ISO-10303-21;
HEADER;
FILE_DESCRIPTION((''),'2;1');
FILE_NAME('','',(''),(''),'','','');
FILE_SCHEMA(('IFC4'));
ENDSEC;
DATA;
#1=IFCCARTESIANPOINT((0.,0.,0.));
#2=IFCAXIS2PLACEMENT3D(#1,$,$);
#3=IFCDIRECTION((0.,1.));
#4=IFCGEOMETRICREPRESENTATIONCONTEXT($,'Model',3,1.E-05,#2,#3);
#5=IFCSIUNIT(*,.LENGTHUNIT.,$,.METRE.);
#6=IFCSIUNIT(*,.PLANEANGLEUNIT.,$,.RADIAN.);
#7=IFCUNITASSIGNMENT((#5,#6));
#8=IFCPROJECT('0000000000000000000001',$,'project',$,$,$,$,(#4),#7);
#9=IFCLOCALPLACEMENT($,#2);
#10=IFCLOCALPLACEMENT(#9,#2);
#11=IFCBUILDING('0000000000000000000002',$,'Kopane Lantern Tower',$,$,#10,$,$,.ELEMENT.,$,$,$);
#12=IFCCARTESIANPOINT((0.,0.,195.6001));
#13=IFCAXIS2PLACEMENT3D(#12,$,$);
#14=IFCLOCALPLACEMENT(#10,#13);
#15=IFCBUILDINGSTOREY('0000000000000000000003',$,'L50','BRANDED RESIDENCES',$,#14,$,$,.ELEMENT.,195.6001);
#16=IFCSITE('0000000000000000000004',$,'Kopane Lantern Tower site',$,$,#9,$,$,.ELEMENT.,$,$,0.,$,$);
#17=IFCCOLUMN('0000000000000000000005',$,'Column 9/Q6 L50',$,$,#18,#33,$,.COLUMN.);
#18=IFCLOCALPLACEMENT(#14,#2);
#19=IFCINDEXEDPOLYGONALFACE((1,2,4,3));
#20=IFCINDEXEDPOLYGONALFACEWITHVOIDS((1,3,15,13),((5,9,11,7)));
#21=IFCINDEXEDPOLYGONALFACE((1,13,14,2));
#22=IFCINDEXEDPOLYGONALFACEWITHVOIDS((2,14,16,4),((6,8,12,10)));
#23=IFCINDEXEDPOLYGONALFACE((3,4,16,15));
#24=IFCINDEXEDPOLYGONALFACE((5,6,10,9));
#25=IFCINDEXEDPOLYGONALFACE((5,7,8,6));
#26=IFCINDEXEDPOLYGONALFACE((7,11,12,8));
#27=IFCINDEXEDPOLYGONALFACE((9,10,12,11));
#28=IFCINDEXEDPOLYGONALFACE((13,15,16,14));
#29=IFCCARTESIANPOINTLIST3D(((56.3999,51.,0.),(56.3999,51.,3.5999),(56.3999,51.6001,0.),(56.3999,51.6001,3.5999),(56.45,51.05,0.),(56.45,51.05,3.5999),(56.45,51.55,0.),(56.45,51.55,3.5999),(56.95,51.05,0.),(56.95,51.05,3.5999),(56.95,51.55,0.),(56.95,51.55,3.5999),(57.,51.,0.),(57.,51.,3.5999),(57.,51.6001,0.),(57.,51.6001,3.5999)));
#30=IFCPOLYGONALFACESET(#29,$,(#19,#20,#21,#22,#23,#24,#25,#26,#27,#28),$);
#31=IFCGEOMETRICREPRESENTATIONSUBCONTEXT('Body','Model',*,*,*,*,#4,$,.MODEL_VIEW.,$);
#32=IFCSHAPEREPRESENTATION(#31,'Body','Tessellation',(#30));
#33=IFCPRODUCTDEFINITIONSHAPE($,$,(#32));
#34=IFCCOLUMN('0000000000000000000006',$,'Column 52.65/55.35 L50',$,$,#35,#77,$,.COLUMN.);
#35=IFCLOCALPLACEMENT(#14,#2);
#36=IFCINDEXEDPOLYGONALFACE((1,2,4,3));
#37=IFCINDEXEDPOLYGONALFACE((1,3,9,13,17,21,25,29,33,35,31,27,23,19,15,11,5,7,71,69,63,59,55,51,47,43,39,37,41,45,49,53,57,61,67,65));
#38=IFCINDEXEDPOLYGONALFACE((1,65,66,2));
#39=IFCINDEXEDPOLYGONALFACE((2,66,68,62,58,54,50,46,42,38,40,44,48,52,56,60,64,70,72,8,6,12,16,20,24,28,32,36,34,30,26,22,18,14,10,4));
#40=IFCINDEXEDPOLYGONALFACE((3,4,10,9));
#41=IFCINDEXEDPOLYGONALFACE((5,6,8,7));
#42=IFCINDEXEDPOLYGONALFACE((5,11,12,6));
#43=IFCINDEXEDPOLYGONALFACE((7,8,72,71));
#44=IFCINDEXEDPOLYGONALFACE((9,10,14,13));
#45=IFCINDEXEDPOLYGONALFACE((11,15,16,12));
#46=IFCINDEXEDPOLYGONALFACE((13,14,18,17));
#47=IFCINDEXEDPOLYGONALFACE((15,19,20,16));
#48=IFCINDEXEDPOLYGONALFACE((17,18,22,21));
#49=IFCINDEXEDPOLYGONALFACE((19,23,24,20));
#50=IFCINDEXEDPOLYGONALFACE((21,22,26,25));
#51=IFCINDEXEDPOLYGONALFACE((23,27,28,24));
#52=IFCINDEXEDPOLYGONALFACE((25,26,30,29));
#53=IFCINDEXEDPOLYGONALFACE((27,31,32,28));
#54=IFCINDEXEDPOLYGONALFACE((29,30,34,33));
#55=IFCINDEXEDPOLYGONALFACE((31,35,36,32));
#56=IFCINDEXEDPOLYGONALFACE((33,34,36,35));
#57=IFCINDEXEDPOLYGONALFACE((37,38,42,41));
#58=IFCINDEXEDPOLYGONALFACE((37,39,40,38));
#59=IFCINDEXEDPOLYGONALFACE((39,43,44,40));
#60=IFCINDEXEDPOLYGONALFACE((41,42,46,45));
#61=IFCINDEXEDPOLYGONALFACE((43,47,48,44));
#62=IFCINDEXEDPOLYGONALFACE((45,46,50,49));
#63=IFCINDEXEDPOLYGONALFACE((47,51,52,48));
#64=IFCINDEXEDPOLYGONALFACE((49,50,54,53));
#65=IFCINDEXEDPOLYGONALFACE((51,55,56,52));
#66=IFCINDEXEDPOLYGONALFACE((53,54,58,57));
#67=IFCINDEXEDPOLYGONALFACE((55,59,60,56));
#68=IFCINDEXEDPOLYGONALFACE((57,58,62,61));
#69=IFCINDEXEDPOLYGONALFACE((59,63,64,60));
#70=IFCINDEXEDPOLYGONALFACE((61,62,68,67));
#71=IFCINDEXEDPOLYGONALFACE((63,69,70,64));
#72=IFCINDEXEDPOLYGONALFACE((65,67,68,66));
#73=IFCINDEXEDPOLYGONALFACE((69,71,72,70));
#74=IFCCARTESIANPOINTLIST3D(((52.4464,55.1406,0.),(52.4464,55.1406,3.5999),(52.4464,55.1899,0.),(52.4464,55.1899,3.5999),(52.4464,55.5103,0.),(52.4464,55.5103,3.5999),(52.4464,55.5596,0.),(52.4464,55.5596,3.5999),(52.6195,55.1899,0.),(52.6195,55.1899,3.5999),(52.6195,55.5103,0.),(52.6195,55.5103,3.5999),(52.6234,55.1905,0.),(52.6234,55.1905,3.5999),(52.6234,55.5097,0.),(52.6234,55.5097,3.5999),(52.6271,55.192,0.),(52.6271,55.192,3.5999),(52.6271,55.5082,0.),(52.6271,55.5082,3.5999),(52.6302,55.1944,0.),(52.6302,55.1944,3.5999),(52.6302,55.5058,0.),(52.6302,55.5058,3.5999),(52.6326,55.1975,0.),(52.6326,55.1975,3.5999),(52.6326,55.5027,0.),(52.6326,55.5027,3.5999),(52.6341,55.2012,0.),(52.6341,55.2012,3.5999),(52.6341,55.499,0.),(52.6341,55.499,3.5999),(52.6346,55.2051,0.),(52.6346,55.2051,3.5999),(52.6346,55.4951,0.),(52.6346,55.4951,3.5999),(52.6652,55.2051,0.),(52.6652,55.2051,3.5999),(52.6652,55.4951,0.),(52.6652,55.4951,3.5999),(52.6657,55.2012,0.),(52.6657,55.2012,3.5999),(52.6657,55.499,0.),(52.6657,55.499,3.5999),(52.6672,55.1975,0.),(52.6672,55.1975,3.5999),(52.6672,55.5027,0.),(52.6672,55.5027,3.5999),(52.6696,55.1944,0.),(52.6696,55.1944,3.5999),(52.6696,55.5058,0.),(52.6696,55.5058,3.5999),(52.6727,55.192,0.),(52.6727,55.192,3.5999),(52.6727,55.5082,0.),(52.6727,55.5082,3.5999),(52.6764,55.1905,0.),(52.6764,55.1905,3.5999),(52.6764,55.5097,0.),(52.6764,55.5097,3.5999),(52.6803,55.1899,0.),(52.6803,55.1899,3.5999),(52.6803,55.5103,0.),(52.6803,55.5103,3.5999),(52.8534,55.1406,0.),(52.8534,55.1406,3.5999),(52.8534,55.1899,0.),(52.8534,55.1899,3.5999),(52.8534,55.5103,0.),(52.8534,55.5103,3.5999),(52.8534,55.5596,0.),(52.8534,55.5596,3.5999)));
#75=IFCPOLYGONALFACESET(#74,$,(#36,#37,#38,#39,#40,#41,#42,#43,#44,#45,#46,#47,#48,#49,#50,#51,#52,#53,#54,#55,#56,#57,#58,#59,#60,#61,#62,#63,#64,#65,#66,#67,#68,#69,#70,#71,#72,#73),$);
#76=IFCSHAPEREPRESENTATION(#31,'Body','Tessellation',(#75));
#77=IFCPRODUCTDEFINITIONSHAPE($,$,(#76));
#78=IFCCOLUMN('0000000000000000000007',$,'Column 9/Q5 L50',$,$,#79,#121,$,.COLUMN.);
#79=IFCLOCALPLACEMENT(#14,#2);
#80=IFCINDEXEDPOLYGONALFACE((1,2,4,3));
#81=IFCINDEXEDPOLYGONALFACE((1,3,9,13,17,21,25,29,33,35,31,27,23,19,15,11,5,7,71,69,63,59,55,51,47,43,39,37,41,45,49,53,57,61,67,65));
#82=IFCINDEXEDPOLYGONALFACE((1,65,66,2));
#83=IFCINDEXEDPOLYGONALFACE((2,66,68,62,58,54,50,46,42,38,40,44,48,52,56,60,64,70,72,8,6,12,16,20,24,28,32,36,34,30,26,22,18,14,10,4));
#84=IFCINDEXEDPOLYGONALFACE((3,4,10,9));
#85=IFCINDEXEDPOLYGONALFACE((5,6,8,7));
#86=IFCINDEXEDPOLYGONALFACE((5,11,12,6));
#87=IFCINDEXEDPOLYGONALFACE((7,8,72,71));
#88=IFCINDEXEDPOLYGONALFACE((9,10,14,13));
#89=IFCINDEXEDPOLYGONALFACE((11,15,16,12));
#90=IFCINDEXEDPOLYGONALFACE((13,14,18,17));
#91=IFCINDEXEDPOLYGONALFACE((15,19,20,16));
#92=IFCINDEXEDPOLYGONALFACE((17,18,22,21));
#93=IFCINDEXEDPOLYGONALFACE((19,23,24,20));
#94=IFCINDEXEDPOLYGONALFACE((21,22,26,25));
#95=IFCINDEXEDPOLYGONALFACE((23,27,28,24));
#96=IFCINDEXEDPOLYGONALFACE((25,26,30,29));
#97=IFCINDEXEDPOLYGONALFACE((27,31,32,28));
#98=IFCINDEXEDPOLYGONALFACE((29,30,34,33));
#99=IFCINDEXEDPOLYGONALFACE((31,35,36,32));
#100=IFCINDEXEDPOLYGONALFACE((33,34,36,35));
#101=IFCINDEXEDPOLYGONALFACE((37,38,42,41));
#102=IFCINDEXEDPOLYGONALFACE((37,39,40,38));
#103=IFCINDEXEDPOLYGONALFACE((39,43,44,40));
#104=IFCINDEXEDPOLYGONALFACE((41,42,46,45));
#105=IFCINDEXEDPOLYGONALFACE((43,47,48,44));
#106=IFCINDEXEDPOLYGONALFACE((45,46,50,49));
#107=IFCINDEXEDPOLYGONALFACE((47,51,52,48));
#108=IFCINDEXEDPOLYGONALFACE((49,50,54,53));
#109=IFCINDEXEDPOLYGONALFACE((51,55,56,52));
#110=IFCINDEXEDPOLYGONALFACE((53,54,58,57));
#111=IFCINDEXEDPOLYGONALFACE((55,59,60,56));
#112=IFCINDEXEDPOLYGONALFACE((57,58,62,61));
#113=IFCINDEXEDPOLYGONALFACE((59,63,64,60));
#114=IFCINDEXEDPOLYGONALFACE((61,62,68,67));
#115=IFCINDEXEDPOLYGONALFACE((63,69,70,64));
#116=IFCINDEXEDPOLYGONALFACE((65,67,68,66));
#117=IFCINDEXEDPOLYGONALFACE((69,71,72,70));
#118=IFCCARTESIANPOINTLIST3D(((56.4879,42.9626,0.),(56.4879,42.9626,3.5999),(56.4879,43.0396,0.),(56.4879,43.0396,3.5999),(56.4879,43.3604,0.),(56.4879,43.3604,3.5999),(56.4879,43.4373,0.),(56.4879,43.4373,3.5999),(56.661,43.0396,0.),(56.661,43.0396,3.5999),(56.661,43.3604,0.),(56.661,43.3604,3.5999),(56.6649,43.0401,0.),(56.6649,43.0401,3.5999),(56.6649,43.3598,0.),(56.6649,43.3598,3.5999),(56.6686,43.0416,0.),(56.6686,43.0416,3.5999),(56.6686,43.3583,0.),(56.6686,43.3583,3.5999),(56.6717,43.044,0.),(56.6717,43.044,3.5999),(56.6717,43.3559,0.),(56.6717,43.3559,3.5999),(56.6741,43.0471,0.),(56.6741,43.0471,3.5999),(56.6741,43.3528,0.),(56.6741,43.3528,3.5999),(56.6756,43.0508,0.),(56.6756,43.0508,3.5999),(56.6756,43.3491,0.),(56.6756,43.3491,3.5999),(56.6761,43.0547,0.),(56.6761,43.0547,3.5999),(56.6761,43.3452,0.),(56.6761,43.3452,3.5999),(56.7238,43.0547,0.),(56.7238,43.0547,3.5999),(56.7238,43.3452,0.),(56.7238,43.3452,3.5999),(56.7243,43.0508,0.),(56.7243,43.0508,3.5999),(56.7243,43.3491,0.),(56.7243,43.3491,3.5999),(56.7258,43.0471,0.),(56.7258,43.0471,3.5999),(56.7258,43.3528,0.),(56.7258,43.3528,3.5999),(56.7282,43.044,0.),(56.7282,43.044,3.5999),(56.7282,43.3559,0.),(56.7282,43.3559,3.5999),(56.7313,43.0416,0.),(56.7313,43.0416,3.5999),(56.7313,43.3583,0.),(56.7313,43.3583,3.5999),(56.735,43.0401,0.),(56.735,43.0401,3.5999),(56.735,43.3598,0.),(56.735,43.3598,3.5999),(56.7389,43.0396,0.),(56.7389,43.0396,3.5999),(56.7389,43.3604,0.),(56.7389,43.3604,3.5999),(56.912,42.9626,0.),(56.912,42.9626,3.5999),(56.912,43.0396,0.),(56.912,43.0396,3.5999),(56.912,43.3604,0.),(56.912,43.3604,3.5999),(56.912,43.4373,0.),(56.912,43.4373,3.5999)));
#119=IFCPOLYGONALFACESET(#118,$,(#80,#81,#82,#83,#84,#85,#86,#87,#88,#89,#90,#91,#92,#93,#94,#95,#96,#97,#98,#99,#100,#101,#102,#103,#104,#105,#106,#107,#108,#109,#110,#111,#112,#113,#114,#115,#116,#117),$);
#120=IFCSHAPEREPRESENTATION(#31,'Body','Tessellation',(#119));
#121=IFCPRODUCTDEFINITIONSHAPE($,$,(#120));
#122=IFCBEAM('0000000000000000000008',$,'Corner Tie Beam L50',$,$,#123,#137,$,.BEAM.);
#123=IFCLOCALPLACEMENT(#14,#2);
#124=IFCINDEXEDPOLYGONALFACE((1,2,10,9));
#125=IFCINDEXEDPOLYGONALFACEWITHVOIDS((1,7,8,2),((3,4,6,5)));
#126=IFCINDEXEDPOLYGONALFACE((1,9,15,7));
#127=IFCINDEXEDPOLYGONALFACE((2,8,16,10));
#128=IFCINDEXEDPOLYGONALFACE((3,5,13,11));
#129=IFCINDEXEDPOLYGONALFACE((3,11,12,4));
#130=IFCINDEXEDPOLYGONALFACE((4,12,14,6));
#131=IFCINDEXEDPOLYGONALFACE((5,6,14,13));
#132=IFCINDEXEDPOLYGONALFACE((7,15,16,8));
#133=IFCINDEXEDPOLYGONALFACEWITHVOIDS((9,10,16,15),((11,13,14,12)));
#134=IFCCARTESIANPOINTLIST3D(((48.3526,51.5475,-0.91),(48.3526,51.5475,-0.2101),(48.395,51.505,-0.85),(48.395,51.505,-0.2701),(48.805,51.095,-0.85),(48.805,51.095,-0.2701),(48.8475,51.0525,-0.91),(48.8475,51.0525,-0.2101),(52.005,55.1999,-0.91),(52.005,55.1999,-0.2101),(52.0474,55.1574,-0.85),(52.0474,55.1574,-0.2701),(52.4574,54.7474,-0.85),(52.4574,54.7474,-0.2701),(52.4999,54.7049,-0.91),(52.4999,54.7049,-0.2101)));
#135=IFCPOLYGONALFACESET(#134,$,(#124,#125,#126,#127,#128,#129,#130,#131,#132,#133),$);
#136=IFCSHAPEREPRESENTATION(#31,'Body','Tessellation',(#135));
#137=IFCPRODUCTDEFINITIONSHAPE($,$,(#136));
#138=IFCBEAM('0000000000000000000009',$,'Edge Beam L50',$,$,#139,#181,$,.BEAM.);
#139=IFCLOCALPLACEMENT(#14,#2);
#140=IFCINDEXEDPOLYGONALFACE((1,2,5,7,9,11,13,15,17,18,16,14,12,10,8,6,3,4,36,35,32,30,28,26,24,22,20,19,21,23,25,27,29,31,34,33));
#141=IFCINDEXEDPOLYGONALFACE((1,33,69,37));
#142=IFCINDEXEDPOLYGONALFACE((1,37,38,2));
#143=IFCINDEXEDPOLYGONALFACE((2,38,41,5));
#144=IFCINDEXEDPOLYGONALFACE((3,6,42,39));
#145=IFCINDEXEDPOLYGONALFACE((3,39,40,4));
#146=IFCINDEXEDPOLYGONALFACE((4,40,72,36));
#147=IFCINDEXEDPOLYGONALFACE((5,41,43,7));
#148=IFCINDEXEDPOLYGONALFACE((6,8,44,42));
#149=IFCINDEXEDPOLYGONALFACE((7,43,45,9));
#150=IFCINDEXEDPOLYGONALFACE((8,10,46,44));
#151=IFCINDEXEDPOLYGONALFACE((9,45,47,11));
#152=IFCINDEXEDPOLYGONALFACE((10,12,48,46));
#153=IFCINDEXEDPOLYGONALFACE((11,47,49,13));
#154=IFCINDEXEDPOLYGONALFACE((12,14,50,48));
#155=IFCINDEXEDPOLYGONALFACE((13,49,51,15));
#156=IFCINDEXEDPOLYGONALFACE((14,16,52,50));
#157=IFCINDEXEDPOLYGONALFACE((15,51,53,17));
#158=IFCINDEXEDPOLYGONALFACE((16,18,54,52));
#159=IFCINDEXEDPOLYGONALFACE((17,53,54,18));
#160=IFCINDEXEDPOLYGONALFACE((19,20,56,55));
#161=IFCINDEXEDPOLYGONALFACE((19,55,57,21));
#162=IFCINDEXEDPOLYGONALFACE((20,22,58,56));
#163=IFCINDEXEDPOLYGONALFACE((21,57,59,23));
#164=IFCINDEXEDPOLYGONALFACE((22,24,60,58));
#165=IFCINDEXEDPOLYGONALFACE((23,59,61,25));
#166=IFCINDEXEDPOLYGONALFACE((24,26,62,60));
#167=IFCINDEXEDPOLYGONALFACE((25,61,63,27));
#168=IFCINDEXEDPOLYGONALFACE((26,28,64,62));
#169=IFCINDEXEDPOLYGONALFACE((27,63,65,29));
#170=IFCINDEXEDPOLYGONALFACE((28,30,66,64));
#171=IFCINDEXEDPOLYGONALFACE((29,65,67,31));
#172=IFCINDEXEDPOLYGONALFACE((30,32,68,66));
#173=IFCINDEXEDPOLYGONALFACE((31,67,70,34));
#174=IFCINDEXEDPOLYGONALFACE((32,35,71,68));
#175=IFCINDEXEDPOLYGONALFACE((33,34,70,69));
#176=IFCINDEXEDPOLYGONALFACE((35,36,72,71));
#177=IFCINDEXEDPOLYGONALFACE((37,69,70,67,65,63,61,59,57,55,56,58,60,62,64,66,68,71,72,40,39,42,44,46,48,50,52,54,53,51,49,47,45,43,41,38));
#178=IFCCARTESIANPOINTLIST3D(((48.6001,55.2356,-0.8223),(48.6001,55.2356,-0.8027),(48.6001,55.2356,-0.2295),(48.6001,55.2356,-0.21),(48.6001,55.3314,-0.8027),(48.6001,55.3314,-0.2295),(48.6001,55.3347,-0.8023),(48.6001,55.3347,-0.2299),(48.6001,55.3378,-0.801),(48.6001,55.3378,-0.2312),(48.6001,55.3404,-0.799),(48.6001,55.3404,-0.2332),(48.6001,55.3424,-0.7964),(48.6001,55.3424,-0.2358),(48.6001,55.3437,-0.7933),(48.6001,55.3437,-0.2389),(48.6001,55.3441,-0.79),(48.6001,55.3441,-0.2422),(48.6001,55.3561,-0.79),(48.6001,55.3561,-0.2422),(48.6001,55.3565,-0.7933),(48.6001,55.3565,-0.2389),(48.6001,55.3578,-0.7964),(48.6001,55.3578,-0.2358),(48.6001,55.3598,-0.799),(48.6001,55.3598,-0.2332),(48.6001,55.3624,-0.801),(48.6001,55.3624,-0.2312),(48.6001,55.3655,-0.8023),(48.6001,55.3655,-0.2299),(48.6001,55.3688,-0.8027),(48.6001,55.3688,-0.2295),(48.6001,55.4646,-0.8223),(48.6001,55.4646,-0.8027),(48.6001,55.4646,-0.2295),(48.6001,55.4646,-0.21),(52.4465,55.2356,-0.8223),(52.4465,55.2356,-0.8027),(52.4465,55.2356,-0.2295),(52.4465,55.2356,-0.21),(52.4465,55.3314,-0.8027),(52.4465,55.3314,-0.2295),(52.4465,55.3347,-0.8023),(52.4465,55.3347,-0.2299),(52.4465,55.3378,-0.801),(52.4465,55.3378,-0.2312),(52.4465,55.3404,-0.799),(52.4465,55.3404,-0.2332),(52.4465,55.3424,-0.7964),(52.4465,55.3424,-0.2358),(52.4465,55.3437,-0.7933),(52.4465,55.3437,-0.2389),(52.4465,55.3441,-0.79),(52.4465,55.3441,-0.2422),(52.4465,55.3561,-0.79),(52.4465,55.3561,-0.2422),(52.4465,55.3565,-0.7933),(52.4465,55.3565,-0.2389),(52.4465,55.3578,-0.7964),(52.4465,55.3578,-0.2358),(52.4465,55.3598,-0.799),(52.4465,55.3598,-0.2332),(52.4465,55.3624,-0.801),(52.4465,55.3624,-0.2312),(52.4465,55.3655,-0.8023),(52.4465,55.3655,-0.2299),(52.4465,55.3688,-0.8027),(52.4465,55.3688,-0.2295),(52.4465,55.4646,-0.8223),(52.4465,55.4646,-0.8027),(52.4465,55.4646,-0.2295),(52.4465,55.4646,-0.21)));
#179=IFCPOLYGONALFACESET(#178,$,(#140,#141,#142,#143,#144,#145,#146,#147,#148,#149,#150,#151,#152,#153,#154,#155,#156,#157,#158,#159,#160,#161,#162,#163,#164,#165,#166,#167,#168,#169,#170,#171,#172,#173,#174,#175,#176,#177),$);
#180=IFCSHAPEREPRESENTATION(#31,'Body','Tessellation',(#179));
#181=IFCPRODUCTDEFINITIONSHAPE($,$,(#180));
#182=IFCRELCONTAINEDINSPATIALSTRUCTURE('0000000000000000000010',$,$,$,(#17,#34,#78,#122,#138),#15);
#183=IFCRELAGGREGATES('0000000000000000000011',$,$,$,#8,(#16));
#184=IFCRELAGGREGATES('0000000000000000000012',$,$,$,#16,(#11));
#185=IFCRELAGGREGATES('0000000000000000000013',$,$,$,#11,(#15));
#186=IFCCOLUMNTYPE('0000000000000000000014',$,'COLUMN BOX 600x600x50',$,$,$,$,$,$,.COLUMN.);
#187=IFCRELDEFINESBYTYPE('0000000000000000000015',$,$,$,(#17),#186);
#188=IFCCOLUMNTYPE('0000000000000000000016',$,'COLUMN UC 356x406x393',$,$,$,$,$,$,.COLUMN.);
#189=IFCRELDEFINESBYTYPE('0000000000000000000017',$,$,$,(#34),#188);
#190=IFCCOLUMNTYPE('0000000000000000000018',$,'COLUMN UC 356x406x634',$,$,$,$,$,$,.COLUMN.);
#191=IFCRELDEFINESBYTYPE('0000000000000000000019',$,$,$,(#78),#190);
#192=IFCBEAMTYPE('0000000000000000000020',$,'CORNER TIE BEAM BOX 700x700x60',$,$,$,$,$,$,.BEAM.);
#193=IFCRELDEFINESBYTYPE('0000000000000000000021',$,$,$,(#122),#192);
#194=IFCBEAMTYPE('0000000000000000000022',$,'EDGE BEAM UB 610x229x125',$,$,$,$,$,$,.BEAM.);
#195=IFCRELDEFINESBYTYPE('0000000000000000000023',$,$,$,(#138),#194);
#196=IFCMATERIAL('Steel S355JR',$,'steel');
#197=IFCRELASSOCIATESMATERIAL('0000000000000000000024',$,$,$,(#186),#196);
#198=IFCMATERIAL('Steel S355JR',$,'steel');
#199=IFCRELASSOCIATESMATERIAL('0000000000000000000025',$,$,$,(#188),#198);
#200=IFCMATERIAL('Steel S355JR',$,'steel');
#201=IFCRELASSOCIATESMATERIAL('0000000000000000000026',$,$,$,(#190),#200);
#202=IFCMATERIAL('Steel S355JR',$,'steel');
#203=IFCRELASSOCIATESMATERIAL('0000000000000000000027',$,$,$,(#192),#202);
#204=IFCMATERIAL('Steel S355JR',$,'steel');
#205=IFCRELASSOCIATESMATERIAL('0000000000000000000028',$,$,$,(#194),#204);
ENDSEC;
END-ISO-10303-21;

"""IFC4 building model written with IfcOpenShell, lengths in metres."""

from ifc_helpers import new_model, si_unit, direction, frame, origin, origin_2d, place, context, subcontext, project, spatial, hollow_rectangle, i_section, extrude, material, material_profile, profile_set, type_object, element, save


model = new_model("IFC4")

# Units and contexts
model_context = context("Model", 3, precision=1e-05, world=origin(), true_north=direction((0.0, 1.0)))
body_context = subcontext(model_context, "Body", "Model", "MODEL_VIEW")
ifc_project = project(units=[si_unit("LENGTHUNIT", "METRE"), si_unit("PLANEANGLEUNIT", "RADIAN")], contexts=[model_context])

# Site, building, storey
site_placement = place(None, origin())
site = spatial("IfcSite", under=ifc_project, at=site_placement, Name="Kopane Lantern Tower site", CompositionType="ELEMENT", RefElevation=0.0)
building_placement = place(site_placement, origin())
building = spatial("IfcBuilding", under=site, at=building_placement, Name="Kopane Lantern Tower", CompositionType="ELEMENT")
storey_placement = place(building_placement, frame((0.0, 0.0, 195.6001)))
storey = spatial("IfcBuildingStorey", under=building, at=storey_placement, Name="L50", Description="BRANDED RESIDENCES", CompositionType="ELEMENT", Elevation=195.6001)

# Columns
ifc_material_1 = material(Name="Steel S355JR", Category="steel")
ifc_material_profile_1 = material_profile(ifc_material_1, hollow_rectangle(XDim=0.6001, YDim=0.6001, WallThickness=0.05, at=origin_2d()), Name="BOX 600x600x50")
ifc_profile_set_1 = profile_set([ifc_material_profile_1], Name="Steel S355JR")
column_type_1 = type_object("IfcColumnType", Name="COLUMN BOX 600x600x50", PredefinedType="COLUMN", material=ifc_profile_set_1)
column_1_placement = place(storey_placement, frame((56.7, 51.3, 0.0), z_axis=(0.0, 0.0, 1.0), x_axis=(1.0, 0.0, 0.0)))
element("IfcColumn", 1, at=column_1_placement, inside=storey, type_object=column_type_1, Name="Column 9/Q6 L50", PredefinedType="COLUMN", context=body_context, shape_type="SweptSolid", body=[
    extrude(hollow_rectangle(XDim=0.6001, YDim=0.6001, WallThickness=0.05, at=origin_2d()), origin(), (0.0, 0.0, 1.0), 3.5999),
])
ifc_material_2 = material(Name="Steel S355JR", Category="steel")
ifc_material_profile_2 = material_profile(ifc_material_2, i_section(OverallWidth=0.407, OverallDepth=0.4189, WebThickness=0.0305, FlangeThickness=0.0493, FilletRadius=0.0151, at=origin_2d()), Name="UC 356x406x393")
ifc_profile_set_2 = profile_set([ifc_material_profile_2], Name="Steel S355JR")
column_type_2 = type_object("IfcColumnType", Name="COLUMN UC 356x406x393", PredefinedType="COLUMN", material=ifc_profile_set_2)
column_2_placement = place(storey_placement, frame((52.6499, 55.3501, 0.0), z_axis=(0.0, 0.0, 1.0), x_axis=(1.0, 0.0, 0.0)))
element("IfcColumn", 2, at=column_2_placement, inside=storey, type_object=column_type_2, Name="Column 52.65/55.35 L50", PredefinedType="COLUMN", context=body_context, shape_type="SweptSolid", body=[
    extrude(i_section(OverallWidth=0.407, OverallDepth=0.4189, WebThickness=0.0305, FlangeThickness=0.0493, FilletRadius=0.0151, at=origin_2d()), origin(), (0.0, 0.0, 1.0), 3.5999),
])
ifc_material_3 = material(Name="Steel S355JR", Category="steel")
ifc_material_profile_3 = material_profile(ifc_material_3, i_section(OverallWidth=0.4241, OverallDepth=0.4746, WebThickness=0.0476, FlangeThickness=0.0769, FilletRadius=0.0151, at=origin_2d()), Name="UC 356x406x634")
ifc_profile_set_3 = profile_set([ifc_material_profile_3], Name="Steel S355JR")
column_type_3 = type_object("IfcColumnType", Name="COLUMN UC 356x406x634", PredefinedType="COLUMN", material=ifc_profile_set_3)
column_3_placement = place(storey_placement, frame((56.7, 43.2, 0.0), z_axis=(0.0, 0.0, 1.0), x_axis=(1.0, 0.0, 0.0)))
element("IfcColumn", 3, at=column_3_placement, inside=storey, type_object=column_type_3, Name="Column 9/Q5 L50", PredefinedType="COLUMN", context=body_context, shape_type="SweptSolid", body=[
    extrude(i_section(OverallWidth=0.4241, OverallDepth=0.4746, WebThickness=0.0476, FlangeThickness=0.0769, FilletRadius=0.0151, at=origin_2d()), origin(), (0.0, 0.0, 1.0), 3.5999),
])

# Beams
ifc_material_4 = material(Name="Steel S355JR", Category="steel")
ifc_material_profile_4 = material_profile(ifc_material_4, hollow_rectangle(XDim=0.7, YDim=0.7, WallThickness=0.0601, at=origin_2d()), Name="BOX 700x700x60")
ifc_profile_set_4 = profile_set([ifc_material_profile_4], Name="Steel S355JR")
beam_type_1 = type_object("IfcBeamType", Name="CORNER TIE BEAM BOX 700x700x60", PredefinedType="BEAM", material=ifc_profile_set_4)
beam_1_placement = place(storey_placement, frame((52.2524, 54.9524, -0.5601), z_axis=(-0.707107, -0.707107, 0.0), x_axis=(0.707107, -0.707107, 0.0)))
element("IfcBeam", 4, at=beam_1_placement, inside=storey, type_object=beam_type_1, Name="Corner Tie Beam L50", PredefinedType="BEAM", context=body_context, shape_type="SweptSolid", body=[
    extrude(hollow_rectangle(XDim=0.7, YDim=0.7, WallThickness=0.0601, at=origin_2d()), origin(), (0.0, 0.0, 1.0), 5.1653),
])
ifc_material_5 = material(Name="Steel S355JR", Category="steel")
ifc_material_profile_5 = material_profile(ifc_material_5, i_section(OverallWidth=0.229, OverallDepth=0.6123, WebThickness=0.012, FlangeThickness=0.0195, FilletRadius=0.0127, at=origin_2d()), Name="UB 610x229x125")
ifc_profile_set_5 = profile_set([ifc_material_profile_5], Name="Steel S355JR")
beam_type_2 = type_object("IfcBeamType", Name="EDGE BEAM UB 610x229x125", PredefinedType="BEAM", material=ifc_profile_set_5)
for number, where, z_axis, x_axis, name in (
    (5, (52.4465, 55.3501, -0.5161), (-1.0, 0.0, 0.0), (0.0, -1.0, 0.0), "Edge Beam L50"),
):
    element("IfcBeam", number, at=place(storey_placement, frame(where, z_axis=z_axis, x_axis=x_axis)), inside=storey, type_object=beam_type_2, Name=name, PredefinedType="BEAM", context=body_context, shape_type="SweptSolid", body=[
        extrude(i_section(OverallWidth=0.229, OverallDepth=0.6123, WebThickness=0.012, FlangeThickness=0.0195, FilletRadius=0.0127, at=origin_2d()), origin(), (0.0, 0.0, 1.0), 3.8464),
    ])

save(model, "model.ifc")
